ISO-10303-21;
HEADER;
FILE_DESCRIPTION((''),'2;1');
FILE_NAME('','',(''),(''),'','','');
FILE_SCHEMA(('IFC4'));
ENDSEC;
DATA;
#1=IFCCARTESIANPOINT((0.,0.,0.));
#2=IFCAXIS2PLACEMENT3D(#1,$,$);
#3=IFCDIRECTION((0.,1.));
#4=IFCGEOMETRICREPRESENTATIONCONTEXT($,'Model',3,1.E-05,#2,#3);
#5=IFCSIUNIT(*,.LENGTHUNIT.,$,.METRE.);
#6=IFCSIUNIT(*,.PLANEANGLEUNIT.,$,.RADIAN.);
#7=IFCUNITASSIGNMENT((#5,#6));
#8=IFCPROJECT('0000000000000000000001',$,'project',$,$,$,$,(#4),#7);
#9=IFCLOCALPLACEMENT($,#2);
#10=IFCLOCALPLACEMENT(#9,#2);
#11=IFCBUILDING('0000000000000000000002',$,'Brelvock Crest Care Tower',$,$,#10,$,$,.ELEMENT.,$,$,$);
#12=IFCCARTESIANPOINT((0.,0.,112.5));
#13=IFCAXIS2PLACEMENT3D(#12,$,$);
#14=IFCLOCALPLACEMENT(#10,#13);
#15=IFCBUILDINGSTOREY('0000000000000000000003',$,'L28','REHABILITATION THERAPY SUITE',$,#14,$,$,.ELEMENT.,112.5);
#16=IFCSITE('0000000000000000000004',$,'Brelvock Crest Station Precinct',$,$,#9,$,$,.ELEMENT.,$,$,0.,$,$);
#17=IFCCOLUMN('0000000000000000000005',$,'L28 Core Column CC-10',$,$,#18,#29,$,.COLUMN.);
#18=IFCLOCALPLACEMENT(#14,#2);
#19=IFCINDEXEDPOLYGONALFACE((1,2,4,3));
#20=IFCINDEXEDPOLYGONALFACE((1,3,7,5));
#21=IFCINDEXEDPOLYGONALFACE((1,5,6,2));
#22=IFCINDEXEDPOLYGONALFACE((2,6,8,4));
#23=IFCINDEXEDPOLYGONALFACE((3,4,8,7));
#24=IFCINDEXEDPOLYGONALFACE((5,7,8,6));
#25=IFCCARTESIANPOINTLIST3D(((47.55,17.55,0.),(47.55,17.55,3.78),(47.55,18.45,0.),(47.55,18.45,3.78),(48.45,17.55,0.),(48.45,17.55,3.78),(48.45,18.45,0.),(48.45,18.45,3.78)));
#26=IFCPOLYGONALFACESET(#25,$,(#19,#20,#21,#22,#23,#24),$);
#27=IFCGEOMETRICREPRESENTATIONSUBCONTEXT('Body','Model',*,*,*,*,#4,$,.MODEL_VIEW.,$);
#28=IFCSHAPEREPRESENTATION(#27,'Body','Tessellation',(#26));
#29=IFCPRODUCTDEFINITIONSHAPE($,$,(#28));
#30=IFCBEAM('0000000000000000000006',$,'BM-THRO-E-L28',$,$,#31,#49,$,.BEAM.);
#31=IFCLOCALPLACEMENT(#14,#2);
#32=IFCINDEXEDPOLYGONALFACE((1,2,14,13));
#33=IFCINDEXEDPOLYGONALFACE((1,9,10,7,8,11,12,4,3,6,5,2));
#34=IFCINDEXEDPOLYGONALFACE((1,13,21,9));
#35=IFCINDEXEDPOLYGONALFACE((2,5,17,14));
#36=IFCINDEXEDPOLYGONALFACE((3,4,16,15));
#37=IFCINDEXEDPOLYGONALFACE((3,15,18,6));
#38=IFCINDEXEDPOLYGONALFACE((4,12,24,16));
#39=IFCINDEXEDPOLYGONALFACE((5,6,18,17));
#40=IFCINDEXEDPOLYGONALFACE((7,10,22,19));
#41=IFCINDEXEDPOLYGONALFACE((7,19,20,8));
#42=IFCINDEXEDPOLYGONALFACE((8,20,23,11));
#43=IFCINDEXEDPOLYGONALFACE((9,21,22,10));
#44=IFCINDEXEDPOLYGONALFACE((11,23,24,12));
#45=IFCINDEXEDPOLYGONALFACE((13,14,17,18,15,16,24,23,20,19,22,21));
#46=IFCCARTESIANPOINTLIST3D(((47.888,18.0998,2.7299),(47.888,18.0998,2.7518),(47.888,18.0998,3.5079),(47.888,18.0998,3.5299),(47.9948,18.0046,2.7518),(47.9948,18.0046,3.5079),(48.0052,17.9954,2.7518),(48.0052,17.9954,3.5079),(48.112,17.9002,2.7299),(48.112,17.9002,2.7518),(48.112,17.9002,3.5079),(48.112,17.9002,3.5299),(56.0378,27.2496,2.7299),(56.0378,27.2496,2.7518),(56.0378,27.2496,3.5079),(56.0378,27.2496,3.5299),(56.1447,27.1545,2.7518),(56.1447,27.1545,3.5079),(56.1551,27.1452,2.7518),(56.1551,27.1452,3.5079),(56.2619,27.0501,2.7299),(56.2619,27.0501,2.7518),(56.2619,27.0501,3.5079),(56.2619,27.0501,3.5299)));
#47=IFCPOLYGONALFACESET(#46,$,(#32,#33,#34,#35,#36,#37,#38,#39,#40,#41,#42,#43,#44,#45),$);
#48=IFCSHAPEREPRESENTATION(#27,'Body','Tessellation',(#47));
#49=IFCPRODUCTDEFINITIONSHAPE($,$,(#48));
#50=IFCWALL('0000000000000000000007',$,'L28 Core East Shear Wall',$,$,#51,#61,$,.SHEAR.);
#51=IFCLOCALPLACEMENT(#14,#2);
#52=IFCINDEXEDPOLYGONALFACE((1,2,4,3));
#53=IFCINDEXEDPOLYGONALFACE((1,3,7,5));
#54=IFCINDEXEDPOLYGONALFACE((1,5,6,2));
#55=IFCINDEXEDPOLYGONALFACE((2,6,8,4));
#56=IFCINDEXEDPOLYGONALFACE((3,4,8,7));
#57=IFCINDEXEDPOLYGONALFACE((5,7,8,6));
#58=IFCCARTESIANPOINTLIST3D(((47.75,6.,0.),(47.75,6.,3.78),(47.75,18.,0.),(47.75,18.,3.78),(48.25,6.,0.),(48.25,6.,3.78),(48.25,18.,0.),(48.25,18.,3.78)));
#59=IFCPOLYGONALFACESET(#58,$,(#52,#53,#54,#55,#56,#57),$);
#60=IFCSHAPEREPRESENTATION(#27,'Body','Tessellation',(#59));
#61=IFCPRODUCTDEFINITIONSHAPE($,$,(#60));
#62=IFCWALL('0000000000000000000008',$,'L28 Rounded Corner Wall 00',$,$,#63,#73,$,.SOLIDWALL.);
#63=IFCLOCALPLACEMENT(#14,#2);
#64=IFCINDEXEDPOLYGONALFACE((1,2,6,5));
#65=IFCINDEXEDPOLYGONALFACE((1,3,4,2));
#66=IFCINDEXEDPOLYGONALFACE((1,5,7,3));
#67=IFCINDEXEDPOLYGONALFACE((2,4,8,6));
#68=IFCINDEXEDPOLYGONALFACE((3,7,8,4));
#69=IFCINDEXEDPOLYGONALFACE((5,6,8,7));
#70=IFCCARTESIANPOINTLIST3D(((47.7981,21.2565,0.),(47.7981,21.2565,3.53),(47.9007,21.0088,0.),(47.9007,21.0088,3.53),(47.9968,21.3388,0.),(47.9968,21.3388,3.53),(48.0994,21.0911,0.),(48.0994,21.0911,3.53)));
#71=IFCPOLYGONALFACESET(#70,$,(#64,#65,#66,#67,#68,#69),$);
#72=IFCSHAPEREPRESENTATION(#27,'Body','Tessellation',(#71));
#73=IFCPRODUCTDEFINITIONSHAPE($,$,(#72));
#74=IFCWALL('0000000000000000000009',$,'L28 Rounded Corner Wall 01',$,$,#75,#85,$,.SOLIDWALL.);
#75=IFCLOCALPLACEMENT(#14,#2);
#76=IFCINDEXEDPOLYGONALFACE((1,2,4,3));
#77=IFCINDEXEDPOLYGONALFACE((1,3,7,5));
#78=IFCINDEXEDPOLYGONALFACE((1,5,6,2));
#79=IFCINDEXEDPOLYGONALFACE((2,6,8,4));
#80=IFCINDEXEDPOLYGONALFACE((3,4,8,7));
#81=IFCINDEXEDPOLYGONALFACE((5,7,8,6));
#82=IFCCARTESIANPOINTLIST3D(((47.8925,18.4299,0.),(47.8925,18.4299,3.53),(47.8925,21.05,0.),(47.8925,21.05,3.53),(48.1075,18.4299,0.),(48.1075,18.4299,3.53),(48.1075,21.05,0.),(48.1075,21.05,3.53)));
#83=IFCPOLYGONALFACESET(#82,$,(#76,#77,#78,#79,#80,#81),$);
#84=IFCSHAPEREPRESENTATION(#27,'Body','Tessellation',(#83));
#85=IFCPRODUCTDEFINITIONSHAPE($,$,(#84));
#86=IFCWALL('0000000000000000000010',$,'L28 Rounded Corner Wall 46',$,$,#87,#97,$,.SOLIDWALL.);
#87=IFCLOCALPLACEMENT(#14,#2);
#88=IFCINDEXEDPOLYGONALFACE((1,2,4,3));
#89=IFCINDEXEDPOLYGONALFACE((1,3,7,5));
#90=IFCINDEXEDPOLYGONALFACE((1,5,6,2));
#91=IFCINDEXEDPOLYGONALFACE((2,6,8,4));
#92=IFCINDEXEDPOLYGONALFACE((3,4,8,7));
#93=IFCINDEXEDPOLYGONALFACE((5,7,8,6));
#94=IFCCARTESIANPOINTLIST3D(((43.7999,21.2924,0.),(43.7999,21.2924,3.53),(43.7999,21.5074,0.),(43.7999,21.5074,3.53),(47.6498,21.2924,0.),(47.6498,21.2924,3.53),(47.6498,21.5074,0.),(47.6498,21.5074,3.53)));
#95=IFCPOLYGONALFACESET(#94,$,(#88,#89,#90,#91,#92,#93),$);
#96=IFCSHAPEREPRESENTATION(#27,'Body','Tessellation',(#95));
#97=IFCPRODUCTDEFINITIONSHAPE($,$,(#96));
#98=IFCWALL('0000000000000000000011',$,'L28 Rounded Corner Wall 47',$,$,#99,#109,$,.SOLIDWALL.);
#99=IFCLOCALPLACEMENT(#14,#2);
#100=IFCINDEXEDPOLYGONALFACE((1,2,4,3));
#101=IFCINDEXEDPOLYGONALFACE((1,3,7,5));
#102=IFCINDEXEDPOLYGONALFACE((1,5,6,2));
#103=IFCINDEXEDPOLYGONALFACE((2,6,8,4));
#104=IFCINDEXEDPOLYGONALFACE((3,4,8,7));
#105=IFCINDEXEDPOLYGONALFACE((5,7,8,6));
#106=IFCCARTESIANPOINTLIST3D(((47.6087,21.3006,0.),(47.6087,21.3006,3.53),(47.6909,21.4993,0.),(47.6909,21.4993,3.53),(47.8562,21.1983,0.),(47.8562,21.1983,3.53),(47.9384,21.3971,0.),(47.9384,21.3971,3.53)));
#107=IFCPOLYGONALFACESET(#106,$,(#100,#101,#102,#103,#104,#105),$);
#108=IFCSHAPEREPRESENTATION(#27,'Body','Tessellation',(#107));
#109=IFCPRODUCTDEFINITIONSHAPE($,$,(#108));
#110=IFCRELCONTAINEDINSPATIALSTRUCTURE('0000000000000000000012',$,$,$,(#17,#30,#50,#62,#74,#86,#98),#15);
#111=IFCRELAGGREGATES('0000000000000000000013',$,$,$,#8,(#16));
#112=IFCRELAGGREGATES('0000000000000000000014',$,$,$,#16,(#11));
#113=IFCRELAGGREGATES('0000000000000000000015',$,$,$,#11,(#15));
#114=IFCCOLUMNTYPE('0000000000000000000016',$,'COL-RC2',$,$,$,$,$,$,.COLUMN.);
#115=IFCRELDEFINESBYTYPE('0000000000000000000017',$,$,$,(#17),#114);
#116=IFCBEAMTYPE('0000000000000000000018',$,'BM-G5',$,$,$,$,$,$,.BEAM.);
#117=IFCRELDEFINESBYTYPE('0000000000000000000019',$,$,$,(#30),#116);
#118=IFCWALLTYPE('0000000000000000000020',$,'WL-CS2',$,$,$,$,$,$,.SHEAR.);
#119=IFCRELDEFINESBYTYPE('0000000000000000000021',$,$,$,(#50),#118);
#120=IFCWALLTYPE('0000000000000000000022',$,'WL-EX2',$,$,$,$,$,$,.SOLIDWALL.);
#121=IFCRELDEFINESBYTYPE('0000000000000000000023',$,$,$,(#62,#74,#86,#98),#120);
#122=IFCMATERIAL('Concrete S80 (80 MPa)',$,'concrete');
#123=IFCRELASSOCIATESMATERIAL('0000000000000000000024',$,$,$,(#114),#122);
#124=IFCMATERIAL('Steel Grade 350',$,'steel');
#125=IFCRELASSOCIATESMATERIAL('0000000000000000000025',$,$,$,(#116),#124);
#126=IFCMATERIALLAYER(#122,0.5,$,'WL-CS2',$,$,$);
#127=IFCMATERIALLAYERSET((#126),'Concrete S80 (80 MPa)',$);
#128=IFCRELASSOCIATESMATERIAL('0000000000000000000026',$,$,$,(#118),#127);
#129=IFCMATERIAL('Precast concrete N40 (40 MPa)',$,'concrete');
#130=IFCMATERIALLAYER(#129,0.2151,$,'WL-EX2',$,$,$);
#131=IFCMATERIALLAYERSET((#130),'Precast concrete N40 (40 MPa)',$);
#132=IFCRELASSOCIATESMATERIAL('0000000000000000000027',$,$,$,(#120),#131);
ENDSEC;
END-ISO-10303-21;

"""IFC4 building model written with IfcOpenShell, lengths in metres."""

from ifc_helpers import new_model, si_unit, direction, frame, frame_2d, origin, origin_2d, place, context, subcontext, project, spatial, rectangle, i_section, extrude, source, transform, mapped, material, layer, layer_set, material_profile, profile_set, type_object, element, save


model = new_model("IFC4")

# Units and contexts
model_context = context("Model", 3, precision=1e-05, world=origin(), true_north=direction((0.0, 1.0)))
body_context = subcontext(model_context, "Body", "Model", "MODEL_VIEW")
ifc_project = project(units=[si_unit("LENGTHUNIT", "METRE"), si_unit("PLANEANGLEUNIT", "RADIAN")], contexts=[model_context])

# Site, building, storey
site_placement = place(None, origin())
site = spatial("IfcSite", under=ifc_project, at=site_placement, Name="Brelvock Crest Station Precinct", CompositionType="ELEMENT", RefElevation=0.0)
building_placement = place(site_placement, origin())
building = spatial("IfcBuilding", under=site, at=building_placement, Name="Brelvock Crest Care Tower", CompositionType="ELEMENT")
storey_placement = place(building_placement, frame((0.0, 0.0, 112.5)))
storey = spatial("IfcBuildingStorey", under=building, at=storey_placement, Name="L28", Description="REHABILITATION THERAPY SUITE", CompositionType="ELEMENT", Elevation=112.5)

# Column
ifc_material_1 = material(Name="Concrete S80 (80 MPa)", Category="concrete")
ifc_material_profile_1 = material_profile(ifc_material_1, rectangle(XDim=0.8999, YDim=0.8999, at=origin_2d()), Name="RC900x900")
ifc_profile_set_1 = profile_set([ifc_material_profile_1], Name="Concrete S80 (80 MPa)")
column_type = type_object("IfcColumnType", Name="COL-RC2", PredefinedType="COLUMN", material=ifc_profile_set_1)
shared_shape_1 = source(origin(), body_context, "Body", "SweptSolid", [
    extrude(rectangle(XDim=0.8999, YDim=0.8999, at=origin_2d()), origin(), (0.0, 0.0, 1.0), 3.78),
])
column_placement = place(storey_placement, frame((48.0, 18.0, 0.0), z_axis=(0.0, 0.0, 1.0), x_axis=(1.0, 0.0, 0.0)))
element("IfcColumn", 1, at=column_placement, inside=storey, type_object=column_type, Name="L28 Core Column CC-10", PredefinedType="COLUMN", context=body_context, shape_type="MappedRepresentation", body=[
    mapped(shared_shape_1, transform((0.0, 0.0, 0.0), x_axis=(1.0, 0.0, 0.0), y_axis=(0.0, 1.0, 0.0), z_axis=(0.0, 0.0, 1.0), scale=1.0)),
])

# Beam
ifc_material_2 = material(Name="Steel Grade 350", Category="steel")
ifc_material_profile_2 = material_profile(ifc_material_2, i_section(OverallWidth=0.3, OverallDepth=0.8, WebThickness=0.0139, FlangeThickness=0.022, at=origin_2d()), Name="800WB192")
ifc_profile_set_2 = profile_set([ifc_material_profile_2], Name="Steel Grade 350")
beam_type = type_object("IfcBeamType", Name="BM-G5", PredefinedType="BEAM", material=ifc_profile_set_2)
shared_shape_2 = source(origin(), body_context, "Body", "SweptSolid", [
    extrude(i_section(OverallWidth=0.3, OverallDepth=0.8, WebThickness=0.0139, FlangeThickness=0.022, at=origin_2d()), origin(), (0.0, 0.0, 1.0), 12.2532),
])
beam_placement = place(storey_placement, frame((48.0, 18.0, 3.1299), z_axis=(0.665123, 0.746734, 0.0), x_axis=(-0.746734, 0.665123, 0.0)))
element("IfcBeam", 2, at=beam_placement, inside=storey, type_object=beam_type, Name="BM-THRO-E-L28", PredefinedType="BEAM", context=body_context, shape_type="MappedRepresentation", body=[
    mapped(shared_shape_2, transform((0.0, 0.0, 0.0), x_axis=(1.0, 0.0, 0.0), y_axis=(0.0, 1.0, 0.0), z_axis=(0.0, 0.0, 1.0), scale=1.0)),
])

# Walls
ifc_layer_1 = layer(ifc_material_1, 0.5, Name="WL-CS2")
ifc_layer_set_1 = layer_set([ifc_layer_1], Name="Concrete S80 (80 MPa)")
wall_type_1 = type_object("IfcWallType", Name="WL-CS2", PredefinedType="SHEAR", material=ifc_layer_set_1)
wall_1_placement = place(storey_placement, frame((48.0, 18.0, 0.0), z_axis=(0.0, 0.0, 1.0), x_axis=(0.0, -1.0, 0.0)))
element("IfcWall", 3, at=wall_1_placement, inside=storey, type_object=wall_type_1, Name="L28 Core East Shear Wall", PredefinedType="SHEAR", context=body_context, shape_type="SweptSolid", body=[
    extrude(rectangle(XDim=12.0, YDim=0.5, at=frame_2d((6.0, 0.0))), origin(), (0.0, 0.0, 1.0), 3.78),
])
ifc_material_3 = material(Name="Precast concrete N40 (40 MPa)", Category="concrete")
ifc_layer_2 = layer(ifc_material_3, 0.2151, Name="WL-EX2")
ifc_layer_set_2 = layer_set([ifc_layer_2], Name="Precast concrete N40 (40 MPa)")
wall_type_2 = type_object("IfcWallType", Name="WL-EX2", PredefinedType="SOLIDWALL", material=ifc_layer_set_2)
wall_2_placement = place(storey_placement, frame((47.8975, 21.2976, 0.0), z_axis=(0.0, 0.0, 1.0), x_axis=(0.382674, -0.923884, 0.0)))
element("IfcWall", 4, at=wall_2_placement, inside=storey, type_object=wall_type_2, Name="L28 Rounded Corner Wall 00", PredefinedType="SOLIDWALL", context=body_context, shape_type="SweptSolid", body=[
    extrude(rectangle(XDim=0.2681, YDim=0.2151, at=frame_2d((0.134, 0.0))), origin(), (0.0, 0.0, 1.0), 3.53),
])
wall_3_placement = place(storey_placement, frame((48.0, 21.05, 0.0), z_axis=(0.0, 0.0, 1.0), x_axis=(0.0, -1.0, 0.0)))
element("IfcWall", 5, at=wall_3_placement, inside=storey, type_object=wall_type_2, Name="L28 Rounded Corner Wall 01", PredefinedType="SOLIDWALL", context=body_context, shape_type="SweptSolid", body=[
    extrude(rectangle(XDim=2.6201, YDim=0.2151, at=frame_2d((1.3101, 0.0))), origin(), (0.0, 0.0, 1.0), 3.53),
])
wall_4_placement = place(storey_placement, frame((43.8, 21.3999, 0.0), z_axis=(0.0, 0.0, 1.0), x_axis=(1.0, 0.0, 0.0)))
element("IfcWall", 6, at=wall_4_placement, inside=storey, type_object=wall_type_2, Name="L28 Rounded Corner Wall 46", PredefinedType="SOLIDWALL", context=body_context, shape_type="SweptSolid", body=[
    extrude(rectangle(XDim=3.8499, YDim=0.2151, at=frame_2d((1.9248, 0.0))), origin(), (0.0, 0.0, 1.0), 3.53),
])
wall_5_placement = place(storey_placement, frame((47.6499, 21.3999, 0.0), z_axis=(0.0, 0.0, 1.0), x_axis=(0.924205, -0.381896, 0.0)))
element("IfcWall", 7, at=wall_5_placement, inside=storey, type_object=wall_type_2, Name="L28 Rounded Corner Wall 47", PredefinedType="SOLIDWALL", context=body_context, shape_type="SweptSolid", body=[
    extrude(rectangle(XDim=0.2678, YDim=0.2151, at=frame_2d((0.1338, 0.0))), origin(), (0.0, 0.0, 1.0), 3.53),
])

save(model, "model.ifc")
